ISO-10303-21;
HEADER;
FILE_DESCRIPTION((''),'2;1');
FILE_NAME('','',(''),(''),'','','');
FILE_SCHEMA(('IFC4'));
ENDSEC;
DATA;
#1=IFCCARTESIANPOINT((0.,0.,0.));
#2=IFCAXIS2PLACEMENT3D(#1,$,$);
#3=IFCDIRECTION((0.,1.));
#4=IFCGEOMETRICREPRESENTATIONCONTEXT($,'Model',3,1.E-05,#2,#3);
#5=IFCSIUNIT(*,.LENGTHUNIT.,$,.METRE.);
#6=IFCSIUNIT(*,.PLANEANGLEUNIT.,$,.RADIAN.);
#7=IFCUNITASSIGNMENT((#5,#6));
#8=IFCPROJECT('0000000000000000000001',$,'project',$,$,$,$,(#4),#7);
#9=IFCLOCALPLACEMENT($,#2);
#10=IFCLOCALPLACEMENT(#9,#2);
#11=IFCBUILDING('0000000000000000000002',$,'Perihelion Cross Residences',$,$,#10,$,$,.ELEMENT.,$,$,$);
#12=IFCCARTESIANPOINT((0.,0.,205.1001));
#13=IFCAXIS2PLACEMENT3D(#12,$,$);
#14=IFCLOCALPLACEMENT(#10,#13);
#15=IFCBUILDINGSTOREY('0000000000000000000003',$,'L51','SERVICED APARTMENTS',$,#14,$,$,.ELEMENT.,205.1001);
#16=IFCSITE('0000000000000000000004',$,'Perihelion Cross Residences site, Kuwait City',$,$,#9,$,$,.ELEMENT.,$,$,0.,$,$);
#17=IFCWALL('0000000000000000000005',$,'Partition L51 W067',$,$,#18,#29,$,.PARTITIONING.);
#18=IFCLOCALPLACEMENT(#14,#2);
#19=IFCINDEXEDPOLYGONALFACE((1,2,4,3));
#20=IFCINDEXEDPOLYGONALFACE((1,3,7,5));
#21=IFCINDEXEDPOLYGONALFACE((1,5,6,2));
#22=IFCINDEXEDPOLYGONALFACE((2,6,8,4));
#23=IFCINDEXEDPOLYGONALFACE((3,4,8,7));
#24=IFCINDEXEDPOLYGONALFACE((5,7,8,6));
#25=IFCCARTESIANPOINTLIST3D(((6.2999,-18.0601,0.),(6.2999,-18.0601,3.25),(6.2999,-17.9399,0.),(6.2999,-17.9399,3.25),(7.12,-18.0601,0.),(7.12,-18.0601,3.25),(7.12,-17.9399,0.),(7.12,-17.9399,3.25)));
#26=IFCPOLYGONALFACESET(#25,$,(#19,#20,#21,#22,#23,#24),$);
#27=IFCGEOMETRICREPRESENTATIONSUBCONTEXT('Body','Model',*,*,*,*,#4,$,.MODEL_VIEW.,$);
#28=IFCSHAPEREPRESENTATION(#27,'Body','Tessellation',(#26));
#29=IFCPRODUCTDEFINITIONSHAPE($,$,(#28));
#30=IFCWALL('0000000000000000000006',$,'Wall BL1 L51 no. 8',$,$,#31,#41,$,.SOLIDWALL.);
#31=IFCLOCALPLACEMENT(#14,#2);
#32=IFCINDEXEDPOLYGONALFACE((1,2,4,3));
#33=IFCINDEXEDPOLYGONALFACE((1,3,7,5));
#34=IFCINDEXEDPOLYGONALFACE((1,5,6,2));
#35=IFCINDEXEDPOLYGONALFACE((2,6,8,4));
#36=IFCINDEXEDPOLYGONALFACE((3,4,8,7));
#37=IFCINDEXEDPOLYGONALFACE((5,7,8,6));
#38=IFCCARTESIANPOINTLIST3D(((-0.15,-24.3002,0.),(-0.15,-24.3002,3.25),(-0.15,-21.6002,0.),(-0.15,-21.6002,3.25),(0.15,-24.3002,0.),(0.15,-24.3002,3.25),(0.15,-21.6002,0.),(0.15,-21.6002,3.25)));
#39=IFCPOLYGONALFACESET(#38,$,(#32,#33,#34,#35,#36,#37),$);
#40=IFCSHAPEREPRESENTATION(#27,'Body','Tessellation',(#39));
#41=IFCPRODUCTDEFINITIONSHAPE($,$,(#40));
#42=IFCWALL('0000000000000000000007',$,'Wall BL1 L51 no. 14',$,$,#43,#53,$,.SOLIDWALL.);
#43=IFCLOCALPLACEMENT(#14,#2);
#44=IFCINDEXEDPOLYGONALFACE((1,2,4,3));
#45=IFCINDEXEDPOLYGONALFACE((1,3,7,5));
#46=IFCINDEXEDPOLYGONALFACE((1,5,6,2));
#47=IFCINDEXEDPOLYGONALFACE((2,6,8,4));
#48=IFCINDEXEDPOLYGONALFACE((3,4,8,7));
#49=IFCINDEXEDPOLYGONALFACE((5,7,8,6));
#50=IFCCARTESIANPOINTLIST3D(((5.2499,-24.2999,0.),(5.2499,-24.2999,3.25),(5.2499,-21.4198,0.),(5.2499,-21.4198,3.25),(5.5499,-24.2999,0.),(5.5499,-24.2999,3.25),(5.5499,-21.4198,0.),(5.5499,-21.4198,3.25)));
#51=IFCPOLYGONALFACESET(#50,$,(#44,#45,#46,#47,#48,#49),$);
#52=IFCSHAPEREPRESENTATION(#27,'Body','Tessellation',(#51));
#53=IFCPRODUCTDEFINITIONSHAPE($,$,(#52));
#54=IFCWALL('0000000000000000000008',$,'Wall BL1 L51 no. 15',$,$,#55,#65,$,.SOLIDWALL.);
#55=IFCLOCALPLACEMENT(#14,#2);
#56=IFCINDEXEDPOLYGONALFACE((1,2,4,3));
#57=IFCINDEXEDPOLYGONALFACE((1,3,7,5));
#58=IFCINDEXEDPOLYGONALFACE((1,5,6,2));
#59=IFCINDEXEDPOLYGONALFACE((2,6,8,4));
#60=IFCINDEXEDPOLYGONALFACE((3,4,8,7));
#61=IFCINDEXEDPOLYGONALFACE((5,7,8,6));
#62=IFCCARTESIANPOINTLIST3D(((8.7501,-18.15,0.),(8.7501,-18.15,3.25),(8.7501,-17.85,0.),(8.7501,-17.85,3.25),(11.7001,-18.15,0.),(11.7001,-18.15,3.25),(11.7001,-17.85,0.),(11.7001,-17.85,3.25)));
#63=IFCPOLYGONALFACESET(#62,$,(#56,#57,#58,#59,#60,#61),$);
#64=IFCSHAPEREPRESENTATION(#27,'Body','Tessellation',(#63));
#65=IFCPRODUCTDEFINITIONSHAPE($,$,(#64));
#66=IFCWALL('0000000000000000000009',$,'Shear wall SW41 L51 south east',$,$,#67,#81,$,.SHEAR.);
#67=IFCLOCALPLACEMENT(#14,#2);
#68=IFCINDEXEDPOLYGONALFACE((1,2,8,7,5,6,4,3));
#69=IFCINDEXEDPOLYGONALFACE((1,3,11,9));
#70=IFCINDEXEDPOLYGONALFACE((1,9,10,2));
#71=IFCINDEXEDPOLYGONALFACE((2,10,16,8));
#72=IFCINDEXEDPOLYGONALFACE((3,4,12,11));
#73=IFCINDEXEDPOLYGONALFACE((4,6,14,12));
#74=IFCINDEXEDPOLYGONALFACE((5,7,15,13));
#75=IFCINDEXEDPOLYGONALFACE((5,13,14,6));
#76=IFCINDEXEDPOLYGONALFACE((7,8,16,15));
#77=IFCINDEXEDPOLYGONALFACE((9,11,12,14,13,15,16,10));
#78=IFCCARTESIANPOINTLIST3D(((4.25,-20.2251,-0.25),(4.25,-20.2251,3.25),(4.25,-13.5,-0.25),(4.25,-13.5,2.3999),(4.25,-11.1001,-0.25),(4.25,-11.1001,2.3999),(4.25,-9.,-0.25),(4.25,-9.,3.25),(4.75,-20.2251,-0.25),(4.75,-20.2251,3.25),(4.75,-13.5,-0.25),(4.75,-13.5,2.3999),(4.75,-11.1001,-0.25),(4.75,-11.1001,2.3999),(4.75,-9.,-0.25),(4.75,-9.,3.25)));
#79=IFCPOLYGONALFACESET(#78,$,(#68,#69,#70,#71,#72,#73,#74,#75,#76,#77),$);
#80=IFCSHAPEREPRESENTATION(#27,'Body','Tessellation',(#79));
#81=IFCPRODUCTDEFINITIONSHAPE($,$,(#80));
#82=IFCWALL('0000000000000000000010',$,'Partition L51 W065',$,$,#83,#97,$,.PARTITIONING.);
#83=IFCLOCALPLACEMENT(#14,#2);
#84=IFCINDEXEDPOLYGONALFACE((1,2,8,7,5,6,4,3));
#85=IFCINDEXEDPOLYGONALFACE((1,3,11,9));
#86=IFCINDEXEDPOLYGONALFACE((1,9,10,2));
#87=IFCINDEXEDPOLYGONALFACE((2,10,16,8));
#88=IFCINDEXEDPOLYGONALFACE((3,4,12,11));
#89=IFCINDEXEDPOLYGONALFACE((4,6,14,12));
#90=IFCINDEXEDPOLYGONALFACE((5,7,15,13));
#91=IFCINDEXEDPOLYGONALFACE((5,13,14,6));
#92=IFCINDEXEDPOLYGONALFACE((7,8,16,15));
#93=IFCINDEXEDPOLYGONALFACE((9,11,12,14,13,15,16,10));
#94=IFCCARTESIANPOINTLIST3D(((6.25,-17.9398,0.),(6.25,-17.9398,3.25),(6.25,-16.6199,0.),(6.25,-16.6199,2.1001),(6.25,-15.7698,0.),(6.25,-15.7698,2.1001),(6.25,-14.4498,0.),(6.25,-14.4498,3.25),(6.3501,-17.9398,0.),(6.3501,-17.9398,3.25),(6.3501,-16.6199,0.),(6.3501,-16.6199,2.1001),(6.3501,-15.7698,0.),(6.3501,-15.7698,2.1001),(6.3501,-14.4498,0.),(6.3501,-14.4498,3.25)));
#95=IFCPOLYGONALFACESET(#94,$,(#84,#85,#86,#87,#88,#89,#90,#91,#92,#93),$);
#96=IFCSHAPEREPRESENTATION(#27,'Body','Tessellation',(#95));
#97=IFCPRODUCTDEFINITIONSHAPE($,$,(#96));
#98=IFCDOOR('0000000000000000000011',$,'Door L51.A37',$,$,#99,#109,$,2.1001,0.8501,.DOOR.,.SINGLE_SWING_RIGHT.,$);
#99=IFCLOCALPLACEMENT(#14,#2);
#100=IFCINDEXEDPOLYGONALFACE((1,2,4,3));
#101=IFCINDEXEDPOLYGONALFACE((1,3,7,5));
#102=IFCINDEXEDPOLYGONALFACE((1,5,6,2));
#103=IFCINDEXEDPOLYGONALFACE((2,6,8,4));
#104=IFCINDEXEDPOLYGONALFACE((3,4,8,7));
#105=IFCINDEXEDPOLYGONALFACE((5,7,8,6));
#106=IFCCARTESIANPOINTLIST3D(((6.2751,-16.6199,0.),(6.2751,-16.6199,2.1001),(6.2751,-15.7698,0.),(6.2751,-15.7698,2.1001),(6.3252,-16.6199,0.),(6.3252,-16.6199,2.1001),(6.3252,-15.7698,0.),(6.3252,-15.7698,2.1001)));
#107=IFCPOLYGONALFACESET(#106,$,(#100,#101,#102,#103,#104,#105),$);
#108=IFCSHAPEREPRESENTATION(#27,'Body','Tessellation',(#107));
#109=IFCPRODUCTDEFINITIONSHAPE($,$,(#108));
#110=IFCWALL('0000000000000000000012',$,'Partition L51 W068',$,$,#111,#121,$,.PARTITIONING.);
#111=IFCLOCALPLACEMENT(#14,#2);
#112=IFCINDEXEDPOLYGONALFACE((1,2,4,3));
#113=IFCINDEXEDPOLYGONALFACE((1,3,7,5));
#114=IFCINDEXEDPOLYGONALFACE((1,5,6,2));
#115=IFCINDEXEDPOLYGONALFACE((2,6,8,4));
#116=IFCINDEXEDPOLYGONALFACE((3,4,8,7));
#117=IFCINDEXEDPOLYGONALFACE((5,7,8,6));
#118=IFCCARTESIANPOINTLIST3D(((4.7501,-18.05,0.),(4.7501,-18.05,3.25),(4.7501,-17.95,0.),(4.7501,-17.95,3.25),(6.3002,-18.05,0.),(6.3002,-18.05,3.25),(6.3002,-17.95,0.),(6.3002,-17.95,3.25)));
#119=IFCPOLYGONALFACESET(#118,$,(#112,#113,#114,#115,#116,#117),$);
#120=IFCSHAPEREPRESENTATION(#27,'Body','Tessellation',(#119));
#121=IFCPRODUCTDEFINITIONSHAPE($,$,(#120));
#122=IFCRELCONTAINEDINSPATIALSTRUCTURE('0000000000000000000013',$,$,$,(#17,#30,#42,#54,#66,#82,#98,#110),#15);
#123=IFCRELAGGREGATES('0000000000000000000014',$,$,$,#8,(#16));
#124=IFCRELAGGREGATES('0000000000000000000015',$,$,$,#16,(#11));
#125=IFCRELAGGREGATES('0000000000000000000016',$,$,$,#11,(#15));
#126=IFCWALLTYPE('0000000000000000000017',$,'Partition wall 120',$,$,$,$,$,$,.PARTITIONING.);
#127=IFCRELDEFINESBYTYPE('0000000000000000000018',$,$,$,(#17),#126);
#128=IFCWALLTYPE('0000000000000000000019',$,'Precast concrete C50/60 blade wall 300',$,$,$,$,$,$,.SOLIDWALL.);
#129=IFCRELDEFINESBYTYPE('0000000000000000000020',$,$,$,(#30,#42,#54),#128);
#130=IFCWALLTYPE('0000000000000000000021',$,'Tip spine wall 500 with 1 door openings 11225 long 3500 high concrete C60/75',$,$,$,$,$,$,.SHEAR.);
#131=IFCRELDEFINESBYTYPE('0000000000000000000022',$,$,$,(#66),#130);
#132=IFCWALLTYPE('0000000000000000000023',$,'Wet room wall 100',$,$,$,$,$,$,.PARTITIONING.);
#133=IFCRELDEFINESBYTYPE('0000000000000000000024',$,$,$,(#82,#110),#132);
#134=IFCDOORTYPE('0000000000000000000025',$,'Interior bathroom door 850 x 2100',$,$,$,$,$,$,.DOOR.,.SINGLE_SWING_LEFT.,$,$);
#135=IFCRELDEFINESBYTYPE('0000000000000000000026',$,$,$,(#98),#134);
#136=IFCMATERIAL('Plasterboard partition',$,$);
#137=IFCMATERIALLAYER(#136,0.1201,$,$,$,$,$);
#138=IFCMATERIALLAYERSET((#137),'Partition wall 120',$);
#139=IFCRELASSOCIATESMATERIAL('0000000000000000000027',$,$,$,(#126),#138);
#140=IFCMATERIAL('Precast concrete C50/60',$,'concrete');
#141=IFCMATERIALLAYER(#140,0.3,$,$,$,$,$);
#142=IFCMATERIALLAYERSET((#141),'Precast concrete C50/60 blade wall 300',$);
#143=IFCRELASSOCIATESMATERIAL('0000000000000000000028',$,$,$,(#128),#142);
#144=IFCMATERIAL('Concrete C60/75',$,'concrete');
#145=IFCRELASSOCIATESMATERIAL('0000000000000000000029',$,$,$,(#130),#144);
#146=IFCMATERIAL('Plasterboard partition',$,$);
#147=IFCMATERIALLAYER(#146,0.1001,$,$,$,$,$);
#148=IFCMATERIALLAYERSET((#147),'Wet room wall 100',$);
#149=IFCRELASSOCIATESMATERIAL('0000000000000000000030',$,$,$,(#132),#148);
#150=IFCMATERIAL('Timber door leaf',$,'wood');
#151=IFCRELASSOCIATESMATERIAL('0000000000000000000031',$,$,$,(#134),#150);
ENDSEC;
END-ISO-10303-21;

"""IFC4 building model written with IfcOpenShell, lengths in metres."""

from ifc_helpers import new_model, si_unit, direction, frame, frame_2d, origin, place, context, subcontext, project, spatial, polyline, rectangle, outline, extrude, material, layer, layer_set, material_profile, profile_set, type_object, element, fill, save


model = new_model("IFC4")

# Units and contexts
model_context = context("Model", 3, precision=1e-05, world=origin(), true_north=direction((0.0, 1.0)))
body_context = subcontext(model_context, "Body", "Model", "MODEL_VIEW")
ifc_project = project(units=[si_unit("LENGTHUNIT", "METRE"), si_unit("PLANEANGLEUNIT", "RADIAN")], contexts=[model_context])

# Site, building, storey
site_placement = place(None, origin())
site = spatial("IfcSite", under=ifc_project, at=site_placement, Name="Perihelion Cross Residences site, Kuwait City", CompositionType="ELEMENT", RefElevation=0.0)
building_placement = place(site_placement, origin())
building = spatial("IfcBuilding", under=site, at=building_placement, Name="Perihelion Cross Residences", CompositionType="ELEMENT")
storey_placement = place(building_placement, frame((0.0, 0.0, 205.1001)))
storey = spatial("IfcBuildingStorey", under=building, at=storey_placement, Name="L51", Description="SERVICED APARTMENTS", CompositionType="ELEMENT", Elevation=205.1001)

# Shared definitions
ifc_material_1 = material(Name="Plasterboard partition")
ifc_layer_1 = layer(ifc_material_1, 0.1201)
ifc_layer_set_1 = layer_set([ifc_layer_1], Name="Partition wall 120")
wall_type_1 = type_object("IfcWallType", Name="Partition wall 120", PredefinedType="PARTITIONING", material=ifc_layer_set_1)

# Walls
wall_1_placement = place(storey_placement, frame((7.1201, -18.0, 0.0), z_axis=(0.0, 0.0, 1.0), x_axis=(-1.0, 0.0, 0.0)))
element("IfcWall", 1, at=wall_1_placement, inside=storey, type_object=wall_type_1, Name="Partition L51 W067", PredefinedType="PARTITIONING", context=body_context, shape_type="SweptSolid", body=[
    extrude(rectangle(XDim=0.8201, YDim=0.1201, at=frame_2d((0.4102, 0.0))), origin(), (0.0, 0.0, 1.0), 3.25),
])
ifc_material_2 = material(Name="Precast concrete C50/60", Category="concrete")
ifc_layer_2 = layer(ifc_material_2, 0.3)
ifc_layer_set_2 = layer_set([ifc_layer_2], Name="Precast concrete C50/60 blade wall 300")
wall_type_2 = type_object("IfcWallType", Name="Precast concrete C50/60 blade wall 300", PredefinedType="SOLIDWALL", material=ifc_layer_set_2)
wall_2_placement = place(storey_placement, frame((0.0, -21.6001, 0.0), z_axis=(0.0, 0.0, 1.0), x_axis=(0.0, -1.0, 0.0)))
element("IfcWall", 2, at=wall_2_placement, inside=storey, type_object=wall_type_2, Name="Wall BL1 L51 no. 8", PredefinedType="SOLIDWALL", context=body_context, shape_type="SweptSolid", body=[
    extrude(rectangle(XDim=2.7, YDim=0.3, at=frame_2d((1.3501, 0.0))), origin(), (0.0, 0.0, 1.0), 3.25),
])
wall_3_placement = place(storey_placement, frame((5.3999, -21.4199, 0.0), z_axis=(0.0, 0.0, 1.0), x_axis=(0.0, -1.0, 0.0)))
element("IfcWall", 3, at=wall_3_placement, inside=storey, type_object=wall_type_2, Name="Wall BL1 L51 no. 14", PredefinedType="SOLIDWALL", context=body_context, shape_type="SweptSolid", body=[
    extrude(rectangle(XDim=2.8801, YDim=0.3, at=frame_2d((1.4399, 0.0))), origin(), (0.0, 0.0, 1.0), 3.25),
])
wall_4_placement = place(storey_placement, frame((8.75, -18.0, 0.0), z_axis=(0.0, 0.0, 1.0), x_axis=(1.0, 0.0, 0.0)))
element("IfcWall", 4, at=wall_4_placement, inside=storey, type_object=wall_type_2, Name="Wall BL1 L51 no. 15", PredefinedType="SOLIDWALL", context=body_context, shape_type="SweptSolid", body=[
    extrude(rectangle(XDim=2.95, YDim=0.3, at=frame_2d((1.4751, 0.0))), origin(), (0.0, 0.0, 1.0), 3.25),
])
ifc_material_3 = material(Name="Concrete C60/75", Category="concrete")
ifc_material_profile_1 = material_profile(ifc_material_3, outline(polyline([(0.0, 0.0), (6.7251, 0.0), (6.7251, 2.6499), (9.125, 2.6499), (9.125, 0.0), (11.2251, 0.0), (11.2251, 3.5), (0.0, 3.5), (0.0, 0.0)])), Name="Tip spine wall")
ifc_profile_set_1 = profile_set([ifc_material_profile_1], Name="Concrete C60/75")
wall_type_3 = type_object("IfcWallType", Name="Tip spine wall 500 with 1 door openings 11225 long 3500 high concrete C60/75", PredefinedType="SHEAR", material=ifc_profile_set_1)
wall_5_placement = place(storey_placement, frame((4.25, -20.2251, -0.25), z_axis=(1.0, 0.0, 0.0), x_axis=(0.0, 1.0, 0.0)))
element("IfcWall", 5, at=wall_5_placement, inside=storey, type_object=wall_type_3, Name="Shear wall SW41 L51 south east", PredefinedType="SHEAR", context=body_context, shape_type="SweptSolid", body=[
    extrude(outline(polyline([(0.0, 0.0), (6.7251, 0.0), (6.7251, 2.6499), (9.125, 2.6499), (9.125, 0.0), (11.2251, 0.0), (11.2251, 3.5), (0.0, 3.5), (0.0, 0.0)])), origin(), (0.0, 0.0, 1.0), 0.5),
])

# Wall, opening, door
ifc_material_4 = material(Name="Plasterboard partition")
ifc_layer_3 = layer(ifc_material_4, 0.1001)
ifc_layer_set_3 = layer_set([ifc_layer_3], Name="Wet room wall 100")
wall_type_4 = type_object("IfcWallType", Name="Wet room wall 100", PredefinedType="PARTITIONING", material=ifc_layer_set_3)
wall_6_placement = place(storey_placement, frame((6.3, -17.9399, 0.0), z_axis=(0.0, 0.0, 1.0), x_axis=(0.0, 1.0, 0.0)))
wall_6 = element("IfcWall", 6, at=wall_6_placement, inside=storey, type_object=wall_type_4, Name="Partition L51 W065", PredefinedType="PARTITIONING", context=body_context, shape_type="SweptSolid", body=[
    extrude(rectangle(XDim=3.49, YDim=0.1001, at=frame_2d((1.7451, 0.0))), origin(), (0.0, 0.0, 1.0), 3.25),
])
opening_1_placement = place(wall_6_placement, frame((1.3201, 0.0, 0.0)))
opening_1 = element("IfcOpeningElement", 7, at=opening_1_placement, cuts=wall_6, PredefinedType="OPENING", context=body_context, shape_type="SweptSolid", body=[
    extrude(rectangle(XDim=0.8501, YDim=2.1001, at=frame_2d((0.425, 1.05))), frame((0.0, 0.0601, 0.0), z_axis=(0.0, -1.0, 0.0), x_axis=(1.0, 0.0, 0.0)), (0.0, 0.0, 1.0), 0.1201),
])
ifc_material_5 = material(Name="Timber door leaf", Category="wood")
door_type_1 = type_object("IfcDoorType", Name="Interior bathroom door 850 x 2100", OperationType="SINGLE_SWING_LEFT", PredefinedType="DOOR", material=ifc_material_5)
door_1_placement = place(opening_1_placement, origin())
door_1 = element("IfcDoor", 8, at=door_1_placement, inside=storey, type_object=door_type_1, Name="Door L51.A37", OperationType="SINGLE_SWING_RIGHT", OverallHeight=2.1001, OverallWidth=0.8501, PredefinedType="DOOR", context=body_context, shape_type="SweptSolid", body=[
    extrude(rectangle(XDim=0.8501, YDim=2.1001, at=frame_2d((0.425, 1.05))), frame((0.0, 0.0249, 0.0), z_axis=(0.0, -1.0, 0.0), x_axis=(1.0, 0.0, 0.0)), (0.0, 0.0, 1.0), 0.05),
])
fill(opening_1, door_1)

# Wall
wall_7_placement = place(storey_placement, frame((6.3, -18.0, 0.0), z_axis=(0.0, 0.0, 1.0), x_axis=(-1.0, 0.0, 0.0)))
element("IfcWall", 9, at=wall_7_placement, inside=storey, type_object=wall_type_4, Name="Partition L51 W068", PredefinedType="PARTITIONING", context=body_context, shape_type="SweptSolid", body=[
    extrude(rectangle(XDim=1.55, YDim=0.1001, at=frame_2d((0.7749, 0.0))), origin(), (0.0, 0.0, 1.0), 3.25),
])

save(model, "model.ifc")
